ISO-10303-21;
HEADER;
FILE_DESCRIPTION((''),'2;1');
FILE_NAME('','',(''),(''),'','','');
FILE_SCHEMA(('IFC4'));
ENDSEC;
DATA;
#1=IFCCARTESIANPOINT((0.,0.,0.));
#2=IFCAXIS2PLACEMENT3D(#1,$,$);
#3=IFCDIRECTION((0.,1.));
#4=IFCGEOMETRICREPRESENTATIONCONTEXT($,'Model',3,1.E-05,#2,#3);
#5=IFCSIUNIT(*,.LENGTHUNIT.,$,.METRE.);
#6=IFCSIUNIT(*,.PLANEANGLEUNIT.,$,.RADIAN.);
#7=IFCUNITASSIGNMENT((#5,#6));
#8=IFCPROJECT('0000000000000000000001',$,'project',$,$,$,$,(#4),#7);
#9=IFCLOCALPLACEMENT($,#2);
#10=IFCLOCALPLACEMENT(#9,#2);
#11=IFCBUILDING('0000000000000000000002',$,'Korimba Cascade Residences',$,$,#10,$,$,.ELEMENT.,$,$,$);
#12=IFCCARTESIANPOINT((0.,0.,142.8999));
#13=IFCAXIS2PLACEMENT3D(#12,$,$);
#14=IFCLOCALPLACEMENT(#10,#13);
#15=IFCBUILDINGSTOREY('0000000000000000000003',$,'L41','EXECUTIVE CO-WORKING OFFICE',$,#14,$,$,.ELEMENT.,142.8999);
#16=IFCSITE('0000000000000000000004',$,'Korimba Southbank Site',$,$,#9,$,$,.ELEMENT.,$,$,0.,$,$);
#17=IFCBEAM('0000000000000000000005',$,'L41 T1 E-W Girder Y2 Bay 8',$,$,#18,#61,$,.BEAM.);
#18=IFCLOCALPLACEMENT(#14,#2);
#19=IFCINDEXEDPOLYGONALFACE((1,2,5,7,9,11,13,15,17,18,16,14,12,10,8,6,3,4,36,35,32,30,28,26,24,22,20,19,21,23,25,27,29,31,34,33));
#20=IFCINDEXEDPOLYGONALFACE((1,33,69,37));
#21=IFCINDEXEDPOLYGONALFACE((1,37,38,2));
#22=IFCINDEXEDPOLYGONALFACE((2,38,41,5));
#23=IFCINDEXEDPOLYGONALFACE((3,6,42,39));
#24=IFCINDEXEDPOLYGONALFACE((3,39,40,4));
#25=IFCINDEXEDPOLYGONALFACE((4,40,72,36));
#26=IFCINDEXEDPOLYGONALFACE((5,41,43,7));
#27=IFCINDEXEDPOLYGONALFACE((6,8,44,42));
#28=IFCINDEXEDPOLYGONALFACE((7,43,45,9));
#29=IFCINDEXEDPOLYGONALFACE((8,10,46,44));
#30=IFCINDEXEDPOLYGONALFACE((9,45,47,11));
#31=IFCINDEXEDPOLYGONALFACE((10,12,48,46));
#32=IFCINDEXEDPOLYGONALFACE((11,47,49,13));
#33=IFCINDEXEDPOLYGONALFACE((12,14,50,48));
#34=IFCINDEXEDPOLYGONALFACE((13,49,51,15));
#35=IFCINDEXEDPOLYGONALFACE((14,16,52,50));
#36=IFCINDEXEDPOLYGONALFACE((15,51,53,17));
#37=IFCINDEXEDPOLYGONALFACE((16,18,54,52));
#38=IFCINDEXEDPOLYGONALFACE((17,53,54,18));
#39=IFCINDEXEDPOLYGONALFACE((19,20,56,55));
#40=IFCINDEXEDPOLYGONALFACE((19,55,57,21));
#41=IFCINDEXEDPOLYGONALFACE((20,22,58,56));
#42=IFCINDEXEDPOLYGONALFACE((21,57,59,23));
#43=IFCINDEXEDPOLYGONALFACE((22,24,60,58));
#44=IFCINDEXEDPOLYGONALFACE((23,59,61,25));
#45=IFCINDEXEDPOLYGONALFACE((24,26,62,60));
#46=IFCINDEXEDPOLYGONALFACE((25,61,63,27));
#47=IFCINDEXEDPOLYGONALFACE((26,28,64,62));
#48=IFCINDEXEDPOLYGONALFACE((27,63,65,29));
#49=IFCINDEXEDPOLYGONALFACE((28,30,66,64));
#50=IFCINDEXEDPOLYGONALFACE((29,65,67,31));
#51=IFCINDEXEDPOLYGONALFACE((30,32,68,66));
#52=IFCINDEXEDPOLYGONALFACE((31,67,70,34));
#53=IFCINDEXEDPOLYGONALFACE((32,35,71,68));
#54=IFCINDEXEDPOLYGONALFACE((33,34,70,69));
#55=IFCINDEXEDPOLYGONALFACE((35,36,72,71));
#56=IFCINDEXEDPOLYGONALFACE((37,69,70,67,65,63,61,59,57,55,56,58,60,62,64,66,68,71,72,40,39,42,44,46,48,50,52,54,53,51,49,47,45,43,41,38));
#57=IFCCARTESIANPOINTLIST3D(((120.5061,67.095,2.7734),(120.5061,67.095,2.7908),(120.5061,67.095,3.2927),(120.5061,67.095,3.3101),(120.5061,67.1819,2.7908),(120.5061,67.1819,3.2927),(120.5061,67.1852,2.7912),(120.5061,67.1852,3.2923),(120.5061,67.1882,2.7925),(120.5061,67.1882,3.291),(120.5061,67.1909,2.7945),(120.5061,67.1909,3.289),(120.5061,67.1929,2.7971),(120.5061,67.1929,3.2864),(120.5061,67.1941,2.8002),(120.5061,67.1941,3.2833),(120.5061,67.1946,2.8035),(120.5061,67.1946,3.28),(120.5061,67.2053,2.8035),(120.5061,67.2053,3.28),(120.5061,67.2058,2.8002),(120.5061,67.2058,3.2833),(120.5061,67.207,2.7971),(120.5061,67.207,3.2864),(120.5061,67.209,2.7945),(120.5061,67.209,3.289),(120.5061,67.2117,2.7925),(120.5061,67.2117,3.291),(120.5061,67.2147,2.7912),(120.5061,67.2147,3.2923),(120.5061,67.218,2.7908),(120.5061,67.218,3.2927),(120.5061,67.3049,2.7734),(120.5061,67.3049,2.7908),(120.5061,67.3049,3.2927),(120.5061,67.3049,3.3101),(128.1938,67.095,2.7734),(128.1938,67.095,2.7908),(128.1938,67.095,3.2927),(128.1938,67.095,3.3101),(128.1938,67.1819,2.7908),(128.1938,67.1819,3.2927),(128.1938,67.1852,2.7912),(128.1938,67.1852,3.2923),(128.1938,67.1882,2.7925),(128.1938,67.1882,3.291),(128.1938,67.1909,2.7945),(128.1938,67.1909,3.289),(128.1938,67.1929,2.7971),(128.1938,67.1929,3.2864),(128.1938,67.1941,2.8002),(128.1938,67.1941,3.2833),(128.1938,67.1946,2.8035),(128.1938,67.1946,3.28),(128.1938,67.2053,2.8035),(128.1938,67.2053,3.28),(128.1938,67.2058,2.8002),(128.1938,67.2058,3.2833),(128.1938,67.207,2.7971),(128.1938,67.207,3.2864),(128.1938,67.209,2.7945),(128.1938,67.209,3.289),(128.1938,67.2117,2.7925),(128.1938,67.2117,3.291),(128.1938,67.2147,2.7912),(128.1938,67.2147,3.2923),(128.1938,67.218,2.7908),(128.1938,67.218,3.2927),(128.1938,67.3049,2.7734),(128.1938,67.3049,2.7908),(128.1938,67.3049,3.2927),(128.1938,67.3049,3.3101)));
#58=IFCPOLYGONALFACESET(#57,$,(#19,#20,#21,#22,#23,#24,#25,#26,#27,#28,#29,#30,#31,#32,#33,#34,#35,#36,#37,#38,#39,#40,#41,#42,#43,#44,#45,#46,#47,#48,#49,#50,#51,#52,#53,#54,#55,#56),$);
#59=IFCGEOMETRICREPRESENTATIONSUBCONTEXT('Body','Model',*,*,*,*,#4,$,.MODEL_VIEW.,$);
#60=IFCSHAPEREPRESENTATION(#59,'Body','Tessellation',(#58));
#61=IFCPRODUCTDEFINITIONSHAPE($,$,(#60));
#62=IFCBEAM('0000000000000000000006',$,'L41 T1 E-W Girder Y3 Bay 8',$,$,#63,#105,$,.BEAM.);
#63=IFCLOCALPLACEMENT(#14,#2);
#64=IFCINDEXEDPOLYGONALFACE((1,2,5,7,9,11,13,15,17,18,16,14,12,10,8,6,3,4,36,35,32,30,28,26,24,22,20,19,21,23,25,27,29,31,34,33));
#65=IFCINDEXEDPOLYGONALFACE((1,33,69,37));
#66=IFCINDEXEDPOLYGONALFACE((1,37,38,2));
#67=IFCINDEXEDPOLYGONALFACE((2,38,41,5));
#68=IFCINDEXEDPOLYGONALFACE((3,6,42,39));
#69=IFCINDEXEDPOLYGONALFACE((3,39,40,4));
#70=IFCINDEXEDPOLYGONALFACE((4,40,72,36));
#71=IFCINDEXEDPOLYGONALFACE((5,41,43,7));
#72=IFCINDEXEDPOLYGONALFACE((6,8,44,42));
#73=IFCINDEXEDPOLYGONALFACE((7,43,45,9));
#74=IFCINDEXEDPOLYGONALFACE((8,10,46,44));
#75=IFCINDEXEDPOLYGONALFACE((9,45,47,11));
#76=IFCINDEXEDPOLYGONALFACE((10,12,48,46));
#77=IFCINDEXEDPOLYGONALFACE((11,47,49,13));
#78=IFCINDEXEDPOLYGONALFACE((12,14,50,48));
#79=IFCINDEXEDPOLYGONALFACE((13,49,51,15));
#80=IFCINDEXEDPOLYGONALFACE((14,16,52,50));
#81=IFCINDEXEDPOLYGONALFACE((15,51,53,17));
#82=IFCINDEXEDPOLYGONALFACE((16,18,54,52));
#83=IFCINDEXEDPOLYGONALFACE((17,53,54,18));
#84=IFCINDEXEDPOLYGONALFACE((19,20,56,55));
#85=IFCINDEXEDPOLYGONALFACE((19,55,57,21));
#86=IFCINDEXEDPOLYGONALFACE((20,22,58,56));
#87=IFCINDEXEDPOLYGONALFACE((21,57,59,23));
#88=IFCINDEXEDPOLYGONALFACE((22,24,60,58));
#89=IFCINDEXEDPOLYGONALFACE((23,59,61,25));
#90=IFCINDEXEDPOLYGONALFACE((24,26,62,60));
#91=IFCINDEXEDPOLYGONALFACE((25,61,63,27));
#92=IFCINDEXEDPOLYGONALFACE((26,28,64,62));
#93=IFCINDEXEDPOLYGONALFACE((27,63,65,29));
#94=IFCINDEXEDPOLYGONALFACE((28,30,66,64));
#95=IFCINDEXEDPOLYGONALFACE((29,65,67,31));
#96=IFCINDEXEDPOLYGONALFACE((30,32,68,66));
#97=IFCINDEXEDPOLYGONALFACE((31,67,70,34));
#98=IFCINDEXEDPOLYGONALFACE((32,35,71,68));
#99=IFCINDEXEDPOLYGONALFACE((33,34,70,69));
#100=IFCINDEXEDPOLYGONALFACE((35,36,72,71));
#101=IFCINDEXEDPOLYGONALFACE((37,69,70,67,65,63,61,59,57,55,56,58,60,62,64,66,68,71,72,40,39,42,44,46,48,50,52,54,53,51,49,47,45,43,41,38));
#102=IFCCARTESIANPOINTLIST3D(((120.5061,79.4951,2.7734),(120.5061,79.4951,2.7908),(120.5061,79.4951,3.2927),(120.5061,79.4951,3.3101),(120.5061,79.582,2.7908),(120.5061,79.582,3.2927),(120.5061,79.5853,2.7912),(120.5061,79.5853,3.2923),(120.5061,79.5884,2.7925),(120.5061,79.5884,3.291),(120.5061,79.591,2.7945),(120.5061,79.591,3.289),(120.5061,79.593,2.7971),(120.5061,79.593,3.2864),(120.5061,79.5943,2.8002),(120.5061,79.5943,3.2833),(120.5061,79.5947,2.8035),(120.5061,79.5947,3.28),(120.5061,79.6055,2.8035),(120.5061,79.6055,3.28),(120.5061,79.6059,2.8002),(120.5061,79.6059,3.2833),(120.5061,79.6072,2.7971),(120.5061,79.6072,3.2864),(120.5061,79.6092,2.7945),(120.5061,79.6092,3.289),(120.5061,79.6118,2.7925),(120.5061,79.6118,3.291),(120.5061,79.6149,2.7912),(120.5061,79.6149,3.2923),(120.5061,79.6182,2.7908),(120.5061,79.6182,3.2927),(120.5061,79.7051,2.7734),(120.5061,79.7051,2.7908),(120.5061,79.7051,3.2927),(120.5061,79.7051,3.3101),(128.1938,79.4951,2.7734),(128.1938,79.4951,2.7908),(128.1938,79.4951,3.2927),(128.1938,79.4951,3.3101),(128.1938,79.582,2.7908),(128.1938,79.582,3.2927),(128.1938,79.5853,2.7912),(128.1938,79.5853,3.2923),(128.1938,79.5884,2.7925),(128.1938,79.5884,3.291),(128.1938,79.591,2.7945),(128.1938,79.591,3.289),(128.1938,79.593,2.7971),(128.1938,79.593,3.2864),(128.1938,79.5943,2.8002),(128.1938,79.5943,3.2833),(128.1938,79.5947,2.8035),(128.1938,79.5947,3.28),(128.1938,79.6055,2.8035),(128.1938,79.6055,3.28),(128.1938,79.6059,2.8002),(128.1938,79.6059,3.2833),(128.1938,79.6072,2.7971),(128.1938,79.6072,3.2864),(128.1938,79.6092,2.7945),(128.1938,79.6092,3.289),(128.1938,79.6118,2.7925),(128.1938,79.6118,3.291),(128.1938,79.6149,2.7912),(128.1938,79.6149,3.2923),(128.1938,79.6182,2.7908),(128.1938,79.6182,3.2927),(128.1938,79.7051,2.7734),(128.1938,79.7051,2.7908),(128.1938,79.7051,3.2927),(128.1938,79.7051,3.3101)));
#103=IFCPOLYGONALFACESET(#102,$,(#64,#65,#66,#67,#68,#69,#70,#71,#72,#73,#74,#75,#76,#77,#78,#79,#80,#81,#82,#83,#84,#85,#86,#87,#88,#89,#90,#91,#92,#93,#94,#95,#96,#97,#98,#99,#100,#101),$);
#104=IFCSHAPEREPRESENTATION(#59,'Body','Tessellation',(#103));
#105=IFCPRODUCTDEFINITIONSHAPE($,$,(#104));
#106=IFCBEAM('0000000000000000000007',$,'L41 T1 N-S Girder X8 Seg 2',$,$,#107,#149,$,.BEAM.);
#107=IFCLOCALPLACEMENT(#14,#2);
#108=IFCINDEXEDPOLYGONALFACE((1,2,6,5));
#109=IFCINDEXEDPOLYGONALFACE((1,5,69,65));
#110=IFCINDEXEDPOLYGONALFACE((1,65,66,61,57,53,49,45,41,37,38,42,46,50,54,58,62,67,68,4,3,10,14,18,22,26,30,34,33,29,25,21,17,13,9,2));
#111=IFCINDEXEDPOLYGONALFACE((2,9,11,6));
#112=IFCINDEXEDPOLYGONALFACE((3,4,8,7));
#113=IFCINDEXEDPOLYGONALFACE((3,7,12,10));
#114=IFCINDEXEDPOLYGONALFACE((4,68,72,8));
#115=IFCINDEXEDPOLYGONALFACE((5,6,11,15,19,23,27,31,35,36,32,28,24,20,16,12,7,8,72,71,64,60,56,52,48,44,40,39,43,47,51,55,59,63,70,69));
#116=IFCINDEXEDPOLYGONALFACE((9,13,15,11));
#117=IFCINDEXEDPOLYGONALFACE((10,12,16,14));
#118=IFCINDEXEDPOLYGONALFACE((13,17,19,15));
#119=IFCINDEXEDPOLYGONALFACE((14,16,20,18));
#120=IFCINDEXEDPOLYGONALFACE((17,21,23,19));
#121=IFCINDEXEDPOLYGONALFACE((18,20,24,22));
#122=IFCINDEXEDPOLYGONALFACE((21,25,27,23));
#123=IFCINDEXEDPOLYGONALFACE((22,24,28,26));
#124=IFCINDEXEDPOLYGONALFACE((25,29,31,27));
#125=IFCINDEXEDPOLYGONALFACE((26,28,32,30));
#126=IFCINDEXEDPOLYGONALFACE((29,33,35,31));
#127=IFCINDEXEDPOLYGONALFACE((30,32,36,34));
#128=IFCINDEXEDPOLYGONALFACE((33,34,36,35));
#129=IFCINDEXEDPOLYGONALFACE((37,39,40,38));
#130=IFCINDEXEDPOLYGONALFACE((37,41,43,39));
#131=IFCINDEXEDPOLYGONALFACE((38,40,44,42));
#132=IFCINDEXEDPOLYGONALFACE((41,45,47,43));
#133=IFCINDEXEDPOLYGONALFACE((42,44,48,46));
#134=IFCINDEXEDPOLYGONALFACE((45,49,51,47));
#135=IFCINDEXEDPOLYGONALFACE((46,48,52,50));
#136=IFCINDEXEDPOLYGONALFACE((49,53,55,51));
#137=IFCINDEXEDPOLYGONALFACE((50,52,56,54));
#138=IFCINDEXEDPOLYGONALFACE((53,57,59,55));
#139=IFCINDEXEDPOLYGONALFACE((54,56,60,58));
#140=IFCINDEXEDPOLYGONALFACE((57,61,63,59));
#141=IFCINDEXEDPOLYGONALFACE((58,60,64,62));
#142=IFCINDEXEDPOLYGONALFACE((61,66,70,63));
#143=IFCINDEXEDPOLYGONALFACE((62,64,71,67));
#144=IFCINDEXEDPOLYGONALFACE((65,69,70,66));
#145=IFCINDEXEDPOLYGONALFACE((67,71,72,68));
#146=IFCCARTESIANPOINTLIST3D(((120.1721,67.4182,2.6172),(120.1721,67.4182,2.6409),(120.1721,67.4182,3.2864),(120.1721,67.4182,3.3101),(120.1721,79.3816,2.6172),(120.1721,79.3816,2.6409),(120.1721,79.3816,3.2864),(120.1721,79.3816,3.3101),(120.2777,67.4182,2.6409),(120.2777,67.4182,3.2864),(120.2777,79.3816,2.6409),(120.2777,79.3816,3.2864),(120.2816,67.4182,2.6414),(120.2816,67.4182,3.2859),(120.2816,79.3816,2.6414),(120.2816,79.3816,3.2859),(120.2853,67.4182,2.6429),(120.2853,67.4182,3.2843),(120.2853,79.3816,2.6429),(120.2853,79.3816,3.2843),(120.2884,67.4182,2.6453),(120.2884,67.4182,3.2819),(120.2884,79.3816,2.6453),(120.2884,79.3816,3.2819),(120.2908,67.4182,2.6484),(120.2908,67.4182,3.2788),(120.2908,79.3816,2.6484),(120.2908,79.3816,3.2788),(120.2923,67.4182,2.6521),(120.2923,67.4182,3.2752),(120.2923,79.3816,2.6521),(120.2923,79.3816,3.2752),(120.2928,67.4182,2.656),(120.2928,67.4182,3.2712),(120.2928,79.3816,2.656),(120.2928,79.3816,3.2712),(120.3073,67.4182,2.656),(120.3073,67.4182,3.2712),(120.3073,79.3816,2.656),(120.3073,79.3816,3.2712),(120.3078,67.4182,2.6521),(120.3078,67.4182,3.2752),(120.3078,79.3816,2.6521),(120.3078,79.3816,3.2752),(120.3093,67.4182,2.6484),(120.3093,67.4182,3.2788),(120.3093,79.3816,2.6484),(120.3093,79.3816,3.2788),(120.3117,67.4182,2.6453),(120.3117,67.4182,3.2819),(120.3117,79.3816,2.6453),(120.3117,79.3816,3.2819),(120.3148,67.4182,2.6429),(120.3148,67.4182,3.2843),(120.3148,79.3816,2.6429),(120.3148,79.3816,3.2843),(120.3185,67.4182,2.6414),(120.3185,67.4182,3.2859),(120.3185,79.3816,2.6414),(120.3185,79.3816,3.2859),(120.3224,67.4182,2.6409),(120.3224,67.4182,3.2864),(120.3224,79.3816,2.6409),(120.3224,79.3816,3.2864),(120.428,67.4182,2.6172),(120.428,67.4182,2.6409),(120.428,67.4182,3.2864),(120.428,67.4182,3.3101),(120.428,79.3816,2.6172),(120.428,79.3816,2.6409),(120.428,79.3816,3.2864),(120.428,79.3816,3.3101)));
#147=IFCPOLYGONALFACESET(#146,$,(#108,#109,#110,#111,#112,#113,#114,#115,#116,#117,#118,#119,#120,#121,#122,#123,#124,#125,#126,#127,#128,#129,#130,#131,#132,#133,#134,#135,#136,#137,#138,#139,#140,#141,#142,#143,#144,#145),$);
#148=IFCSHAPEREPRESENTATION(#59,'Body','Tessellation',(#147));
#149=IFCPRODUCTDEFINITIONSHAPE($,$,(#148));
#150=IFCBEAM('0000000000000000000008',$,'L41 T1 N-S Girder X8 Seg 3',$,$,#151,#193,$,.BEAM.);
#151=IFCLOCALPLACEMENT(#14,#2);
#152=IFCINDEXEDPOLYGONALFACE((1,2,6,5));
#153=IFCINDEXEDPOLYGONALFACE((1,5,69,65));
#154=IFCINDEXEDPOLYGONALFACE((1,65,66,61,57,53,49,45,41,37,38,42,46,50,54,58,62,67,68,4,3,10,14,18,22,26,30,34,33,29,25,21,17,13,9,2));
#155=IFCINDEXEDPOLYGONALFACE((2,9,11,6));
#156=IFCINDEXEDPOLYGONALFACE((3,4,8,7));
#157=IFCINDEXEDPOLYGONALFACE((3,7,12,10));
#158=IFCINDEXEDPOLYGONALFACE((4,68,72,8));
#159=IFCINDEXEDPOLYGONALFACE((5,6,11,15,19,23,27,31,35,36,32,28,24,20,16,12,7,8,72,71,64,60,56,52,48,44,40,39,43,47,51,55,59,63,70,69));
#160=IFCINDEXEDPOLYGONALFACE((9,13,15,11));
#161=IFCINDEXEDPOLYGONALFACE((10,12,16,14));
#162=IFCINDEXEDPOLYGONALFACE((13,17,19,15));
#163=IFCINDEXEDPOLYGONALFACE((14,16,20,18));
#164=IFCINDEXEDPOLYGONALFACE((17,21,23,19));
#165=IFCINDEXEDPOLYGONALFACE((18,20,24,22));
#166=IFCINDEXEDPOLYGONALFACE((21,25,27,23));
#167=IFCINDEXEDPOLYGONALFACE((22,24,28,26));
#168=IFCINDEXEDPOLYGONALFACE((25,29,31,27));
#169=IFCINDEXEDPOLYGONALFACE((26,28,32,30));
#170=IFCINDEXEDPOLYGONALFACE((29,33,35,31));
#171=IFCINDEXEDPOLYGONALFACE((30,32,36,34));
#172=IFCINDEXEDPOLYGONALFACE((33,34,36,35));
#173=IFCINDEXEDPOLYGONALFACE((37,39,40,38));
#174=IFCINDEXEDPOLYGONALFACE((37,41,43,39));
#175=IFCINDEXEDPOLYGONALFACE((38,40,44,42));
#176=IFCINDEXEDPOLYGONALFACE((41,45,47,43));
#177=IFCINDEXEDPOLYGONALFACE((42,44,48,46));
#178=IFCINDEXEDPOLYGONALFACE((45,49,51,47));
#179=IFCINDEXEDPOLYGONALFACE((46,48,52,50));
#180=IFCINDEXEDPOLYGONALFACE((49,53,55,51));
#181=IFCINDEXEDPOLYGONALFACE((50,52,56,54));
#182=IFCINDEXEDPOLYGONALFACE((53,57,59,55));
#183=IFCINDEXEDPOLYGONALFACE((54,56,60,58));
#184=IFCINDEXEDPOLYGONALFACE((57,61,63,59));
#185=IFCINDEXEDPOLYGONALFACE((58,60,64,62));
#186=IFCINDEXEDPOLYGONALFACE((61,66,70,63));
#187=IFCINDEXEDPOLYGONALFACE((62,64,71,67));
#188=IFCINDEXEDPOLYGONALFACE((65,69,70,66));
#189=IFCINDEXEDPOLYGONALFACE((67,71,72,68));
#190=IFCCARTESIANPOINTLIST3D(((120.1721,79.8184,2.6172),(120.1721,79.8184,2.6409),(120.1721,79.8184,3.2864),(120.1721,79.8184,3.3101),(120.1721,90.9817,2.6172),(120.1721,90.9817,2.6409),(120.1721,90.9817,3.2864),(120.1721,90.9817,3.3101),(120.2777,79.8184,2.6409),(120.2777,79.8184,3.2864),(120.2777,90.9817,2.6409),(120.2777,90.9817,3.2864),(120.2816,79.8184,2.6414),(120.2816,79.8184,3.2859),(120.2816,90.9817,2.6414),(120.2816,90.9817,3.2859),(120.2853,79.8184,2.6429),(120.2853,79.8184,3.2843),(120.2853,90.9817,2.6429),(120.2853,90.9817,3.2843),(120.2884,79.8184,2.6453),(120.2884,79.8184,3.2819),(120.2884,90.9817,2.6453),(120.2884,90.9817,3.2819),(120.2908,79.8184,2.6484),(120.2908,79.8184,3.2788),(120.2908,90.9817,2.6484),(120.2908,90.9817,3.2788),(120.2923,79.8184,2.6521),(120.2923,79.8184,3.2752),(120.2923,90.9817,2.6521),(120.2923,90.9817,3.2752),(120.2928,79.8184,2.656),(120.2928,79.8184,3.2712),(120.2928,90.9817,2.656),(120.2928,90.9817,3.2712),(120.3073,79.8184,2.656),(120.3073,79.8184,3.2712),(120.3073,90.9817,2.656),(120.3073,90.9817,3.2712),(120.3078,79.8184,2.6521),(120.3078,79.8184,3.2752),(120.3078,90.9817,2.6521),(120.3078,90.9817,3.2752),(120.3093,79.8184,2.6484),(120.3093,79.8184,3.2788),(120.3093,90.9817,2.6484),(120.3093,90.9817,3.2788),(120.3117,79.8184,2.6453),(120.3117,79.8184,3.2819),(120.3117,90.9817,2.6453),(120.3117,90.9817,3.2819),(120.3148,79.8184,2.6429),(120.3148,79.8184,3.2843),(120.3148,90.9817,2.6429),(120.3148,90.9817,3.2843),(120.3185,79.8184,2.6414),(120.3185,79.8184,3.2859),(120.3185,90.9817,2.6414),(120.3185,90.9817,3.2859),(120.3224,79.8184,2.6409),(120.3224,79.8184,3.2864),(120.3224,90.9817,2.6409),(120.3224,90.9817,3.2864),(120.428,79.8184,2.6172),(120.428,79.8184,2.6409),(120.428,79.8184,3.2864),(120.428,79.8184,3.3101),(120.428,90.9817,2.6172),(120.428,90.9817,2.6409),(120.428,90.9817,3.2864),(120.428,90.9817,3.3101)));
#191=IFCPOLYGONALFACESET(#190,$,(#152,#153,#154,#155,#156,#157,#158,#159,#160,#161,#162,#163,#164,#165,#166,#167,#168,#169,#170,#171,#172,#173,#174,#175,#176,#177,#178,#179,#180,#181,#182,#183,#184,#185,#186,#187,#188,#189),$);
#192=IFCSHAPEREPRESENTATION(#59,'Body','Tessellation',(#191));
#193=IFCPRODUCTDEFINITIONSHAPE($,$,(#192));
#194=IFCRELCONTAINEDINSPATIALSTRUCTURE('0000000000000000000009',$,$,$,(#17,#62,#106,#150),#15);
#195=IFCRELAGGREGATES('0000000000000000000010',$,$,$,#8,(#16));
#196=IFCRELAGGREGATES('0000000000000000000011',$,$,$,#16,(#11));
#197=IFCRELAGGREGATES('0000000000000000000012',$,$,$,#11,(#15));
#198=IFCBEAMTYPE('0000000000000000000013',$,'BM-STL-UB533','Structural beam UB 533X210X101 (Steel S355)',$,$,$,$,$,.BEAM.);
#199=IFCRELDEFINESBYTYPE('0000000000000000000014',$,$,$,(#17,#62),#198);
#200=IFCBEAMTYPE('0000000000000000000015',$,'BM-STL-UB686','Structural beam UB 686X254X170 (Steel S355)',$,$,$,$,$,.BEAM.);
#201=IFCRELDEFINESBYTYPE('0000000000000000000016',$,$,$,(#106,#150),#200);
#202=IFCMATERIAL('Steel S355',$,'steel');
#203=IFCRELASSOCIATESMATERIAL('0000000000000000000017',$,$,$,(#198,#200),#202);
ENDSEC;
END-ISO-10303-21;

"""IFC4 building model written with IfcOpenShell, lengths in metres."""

from ifc_helpers import new_model, si_unit, direction, frame, origin, origin_2d, place, context, subcontext, project, spatial, i_section, extrude, material, material_profile, profile_set, type_object, element, save


model = new_model("IFC4")

# Units and contexts
model_context = context("Model", 3, precision=1e-05, world=origin(), true_north=direction((0.0, 1.0)))
body_context = subcontext(model_context, "Body", "Model", "MODEL_VIEW")
ifc_project = project(units=[si_unit("LENGTHUNIT", "METRE"), si_unit("PLANEANGLEUNIT", "RADIAN")], contexts=[model_context])

# Site, building, storey
site_placement = place(None, origin())
site = spatial("IfcSite", under=ifc_project, at=site_placement, Name="Korimba Southbank Site", CompositionType="ELEMENT", RefElevation=0.0)
building_placement = place(site_placement, origin())
building = spatial("IfcBuilding", under=site, at=building_placement, Name="Korimba Cascade Residences", CompositionType="ELEMENT")
storey_placement = place(building_placement, frame((0.0, 0.0, 142.8999)))
storey = spatial("IfcBuildingStorey", under=building, at=storey_placement, Name="L41", Description="EXECUTIVE CO-WORKING OFFICE", CompositionType="ELEMENT", Elevation=142.8999)

# Beams
ifc_material_1 = material(Name="Steel S355", Category="steel")
ifc_material_profile_1 = material_profile(ifc_material_1, i_section(OverallWidth=0.21, OverallDepth=0.5366, WebThickness=0.0107, FlangeThickness=0.0173, FilletRadius=0.0127, at=origin_2d()), Name="Steel S355")
ifc_profile_set_1 = profile_set([ifc_material_profile_1], Name="Steel S355")
beam_type_1 = type_object("IfcBeamType", Name="BM-STL-UB533", Description="Structural beam UB 533X210X101 (Steel S355)", PredefinedType="BEAM", material=ifc_profile_set_1)
for number, where, z_axis, x_axis, name in (
    (1, (120.5061, 67.2, 3.0417), (1.0, 0.0, 0.0), (0.0, 1.0, 0.0), "L41 T1 E-W Girder Y2 Bay 8"),
    (2, (120.5061, 79.6001, 3.0417), (1.0, 0.0, 0.0), (0.0, 1.0, 0.0), "L41 T1 E-W Girder Y3 Bay 8"),
):
    element("IfcBeam", number, at=place(storey_placement, frame(where, z_axis=z_axis, x_axis=x_axis)), inside=storey, type_object=beam_type_1, Name=name, PredefinedType="BEAM", context=body_context, shape_type="SweptSolid", body=[
        extrude(i_section(OverallWidth=0.21, OverallDepth=0.5366, WebThickness=0.0107, FlangeThickness=0.0173, FilletRadius=0.0127, at=origin_2d()), origin(), (0.0, 0.0, 1.0), 7.6877),
    ])
ifc_material_profile_2 = material_profile(ifc_material_1, i_section(OverallWidth=0.2559, OverallDepth=0.6929, WebThickness=0.0144, FlangeThickness=0.0237, FilletRadius=0.0151, at=origin_2d()), Name="Steel S355")
ifc_profile_set_2 = profile_set([ifc_material_profile_2], Name="Steel S355")
beam_type_2 = type_object("IfcBeamType", Name="BM-STL-UB686", Description="Structural beam UB 686X254X170 (Steel S355)", PredefinedType="BEAM", material=ifc_profile_set_2)
beam_1_placement = place(storey_placement, frame((120.3, 67.4182, 2.9636), z_axis=(0.0, 1.0, 0.0), x_axis=(-1.0, 0.0, 0.0)))
element("IfcBeam", 3, at=beam_1_placement, inside=storey, type_object=beam_type_2, Name="L41 T1 N-S Girder X8 Seg 2", PredefinedType="BEAM", context=body_context, shape_type="SweptSolid", body=[
    extrude(i_section(OverallWidth=0.2559, OverallDepth=0.6929, WebThickness=0.0144, FlangeThickness=0.0237, FilletRadius=0.0151, at=origin_2d()), origin(), (0.0, 0.0, 1.0), 11.9634),
])
beam_2_placement = place(storey_placement, frame((120.3, 79.8184, 2.9636), z_axis=(0.0, 1.0, 0.0), x_axis=(-1.0, 0.0, 0.0)))
element("IfcBeam", 4, at=beam_2_placement, inside=storey, type_object=beam_type_2, Name="L41 T1 N-S Girder X8 Seg 3", PredefinedType="BEAM", context=body_context, shape_type="SweptSolid", body=[
    extrude(i_section(OverallWidth=0.2559, OverallDepth=0.6929, WebThickness=0.0144, FlangeThickness=0.0237, FilletRadius=0.0151, at=origin_2d()), origin(), (0.0, 0.0, 1.0), 11.1633),
])

save(model, "model.ifc")
